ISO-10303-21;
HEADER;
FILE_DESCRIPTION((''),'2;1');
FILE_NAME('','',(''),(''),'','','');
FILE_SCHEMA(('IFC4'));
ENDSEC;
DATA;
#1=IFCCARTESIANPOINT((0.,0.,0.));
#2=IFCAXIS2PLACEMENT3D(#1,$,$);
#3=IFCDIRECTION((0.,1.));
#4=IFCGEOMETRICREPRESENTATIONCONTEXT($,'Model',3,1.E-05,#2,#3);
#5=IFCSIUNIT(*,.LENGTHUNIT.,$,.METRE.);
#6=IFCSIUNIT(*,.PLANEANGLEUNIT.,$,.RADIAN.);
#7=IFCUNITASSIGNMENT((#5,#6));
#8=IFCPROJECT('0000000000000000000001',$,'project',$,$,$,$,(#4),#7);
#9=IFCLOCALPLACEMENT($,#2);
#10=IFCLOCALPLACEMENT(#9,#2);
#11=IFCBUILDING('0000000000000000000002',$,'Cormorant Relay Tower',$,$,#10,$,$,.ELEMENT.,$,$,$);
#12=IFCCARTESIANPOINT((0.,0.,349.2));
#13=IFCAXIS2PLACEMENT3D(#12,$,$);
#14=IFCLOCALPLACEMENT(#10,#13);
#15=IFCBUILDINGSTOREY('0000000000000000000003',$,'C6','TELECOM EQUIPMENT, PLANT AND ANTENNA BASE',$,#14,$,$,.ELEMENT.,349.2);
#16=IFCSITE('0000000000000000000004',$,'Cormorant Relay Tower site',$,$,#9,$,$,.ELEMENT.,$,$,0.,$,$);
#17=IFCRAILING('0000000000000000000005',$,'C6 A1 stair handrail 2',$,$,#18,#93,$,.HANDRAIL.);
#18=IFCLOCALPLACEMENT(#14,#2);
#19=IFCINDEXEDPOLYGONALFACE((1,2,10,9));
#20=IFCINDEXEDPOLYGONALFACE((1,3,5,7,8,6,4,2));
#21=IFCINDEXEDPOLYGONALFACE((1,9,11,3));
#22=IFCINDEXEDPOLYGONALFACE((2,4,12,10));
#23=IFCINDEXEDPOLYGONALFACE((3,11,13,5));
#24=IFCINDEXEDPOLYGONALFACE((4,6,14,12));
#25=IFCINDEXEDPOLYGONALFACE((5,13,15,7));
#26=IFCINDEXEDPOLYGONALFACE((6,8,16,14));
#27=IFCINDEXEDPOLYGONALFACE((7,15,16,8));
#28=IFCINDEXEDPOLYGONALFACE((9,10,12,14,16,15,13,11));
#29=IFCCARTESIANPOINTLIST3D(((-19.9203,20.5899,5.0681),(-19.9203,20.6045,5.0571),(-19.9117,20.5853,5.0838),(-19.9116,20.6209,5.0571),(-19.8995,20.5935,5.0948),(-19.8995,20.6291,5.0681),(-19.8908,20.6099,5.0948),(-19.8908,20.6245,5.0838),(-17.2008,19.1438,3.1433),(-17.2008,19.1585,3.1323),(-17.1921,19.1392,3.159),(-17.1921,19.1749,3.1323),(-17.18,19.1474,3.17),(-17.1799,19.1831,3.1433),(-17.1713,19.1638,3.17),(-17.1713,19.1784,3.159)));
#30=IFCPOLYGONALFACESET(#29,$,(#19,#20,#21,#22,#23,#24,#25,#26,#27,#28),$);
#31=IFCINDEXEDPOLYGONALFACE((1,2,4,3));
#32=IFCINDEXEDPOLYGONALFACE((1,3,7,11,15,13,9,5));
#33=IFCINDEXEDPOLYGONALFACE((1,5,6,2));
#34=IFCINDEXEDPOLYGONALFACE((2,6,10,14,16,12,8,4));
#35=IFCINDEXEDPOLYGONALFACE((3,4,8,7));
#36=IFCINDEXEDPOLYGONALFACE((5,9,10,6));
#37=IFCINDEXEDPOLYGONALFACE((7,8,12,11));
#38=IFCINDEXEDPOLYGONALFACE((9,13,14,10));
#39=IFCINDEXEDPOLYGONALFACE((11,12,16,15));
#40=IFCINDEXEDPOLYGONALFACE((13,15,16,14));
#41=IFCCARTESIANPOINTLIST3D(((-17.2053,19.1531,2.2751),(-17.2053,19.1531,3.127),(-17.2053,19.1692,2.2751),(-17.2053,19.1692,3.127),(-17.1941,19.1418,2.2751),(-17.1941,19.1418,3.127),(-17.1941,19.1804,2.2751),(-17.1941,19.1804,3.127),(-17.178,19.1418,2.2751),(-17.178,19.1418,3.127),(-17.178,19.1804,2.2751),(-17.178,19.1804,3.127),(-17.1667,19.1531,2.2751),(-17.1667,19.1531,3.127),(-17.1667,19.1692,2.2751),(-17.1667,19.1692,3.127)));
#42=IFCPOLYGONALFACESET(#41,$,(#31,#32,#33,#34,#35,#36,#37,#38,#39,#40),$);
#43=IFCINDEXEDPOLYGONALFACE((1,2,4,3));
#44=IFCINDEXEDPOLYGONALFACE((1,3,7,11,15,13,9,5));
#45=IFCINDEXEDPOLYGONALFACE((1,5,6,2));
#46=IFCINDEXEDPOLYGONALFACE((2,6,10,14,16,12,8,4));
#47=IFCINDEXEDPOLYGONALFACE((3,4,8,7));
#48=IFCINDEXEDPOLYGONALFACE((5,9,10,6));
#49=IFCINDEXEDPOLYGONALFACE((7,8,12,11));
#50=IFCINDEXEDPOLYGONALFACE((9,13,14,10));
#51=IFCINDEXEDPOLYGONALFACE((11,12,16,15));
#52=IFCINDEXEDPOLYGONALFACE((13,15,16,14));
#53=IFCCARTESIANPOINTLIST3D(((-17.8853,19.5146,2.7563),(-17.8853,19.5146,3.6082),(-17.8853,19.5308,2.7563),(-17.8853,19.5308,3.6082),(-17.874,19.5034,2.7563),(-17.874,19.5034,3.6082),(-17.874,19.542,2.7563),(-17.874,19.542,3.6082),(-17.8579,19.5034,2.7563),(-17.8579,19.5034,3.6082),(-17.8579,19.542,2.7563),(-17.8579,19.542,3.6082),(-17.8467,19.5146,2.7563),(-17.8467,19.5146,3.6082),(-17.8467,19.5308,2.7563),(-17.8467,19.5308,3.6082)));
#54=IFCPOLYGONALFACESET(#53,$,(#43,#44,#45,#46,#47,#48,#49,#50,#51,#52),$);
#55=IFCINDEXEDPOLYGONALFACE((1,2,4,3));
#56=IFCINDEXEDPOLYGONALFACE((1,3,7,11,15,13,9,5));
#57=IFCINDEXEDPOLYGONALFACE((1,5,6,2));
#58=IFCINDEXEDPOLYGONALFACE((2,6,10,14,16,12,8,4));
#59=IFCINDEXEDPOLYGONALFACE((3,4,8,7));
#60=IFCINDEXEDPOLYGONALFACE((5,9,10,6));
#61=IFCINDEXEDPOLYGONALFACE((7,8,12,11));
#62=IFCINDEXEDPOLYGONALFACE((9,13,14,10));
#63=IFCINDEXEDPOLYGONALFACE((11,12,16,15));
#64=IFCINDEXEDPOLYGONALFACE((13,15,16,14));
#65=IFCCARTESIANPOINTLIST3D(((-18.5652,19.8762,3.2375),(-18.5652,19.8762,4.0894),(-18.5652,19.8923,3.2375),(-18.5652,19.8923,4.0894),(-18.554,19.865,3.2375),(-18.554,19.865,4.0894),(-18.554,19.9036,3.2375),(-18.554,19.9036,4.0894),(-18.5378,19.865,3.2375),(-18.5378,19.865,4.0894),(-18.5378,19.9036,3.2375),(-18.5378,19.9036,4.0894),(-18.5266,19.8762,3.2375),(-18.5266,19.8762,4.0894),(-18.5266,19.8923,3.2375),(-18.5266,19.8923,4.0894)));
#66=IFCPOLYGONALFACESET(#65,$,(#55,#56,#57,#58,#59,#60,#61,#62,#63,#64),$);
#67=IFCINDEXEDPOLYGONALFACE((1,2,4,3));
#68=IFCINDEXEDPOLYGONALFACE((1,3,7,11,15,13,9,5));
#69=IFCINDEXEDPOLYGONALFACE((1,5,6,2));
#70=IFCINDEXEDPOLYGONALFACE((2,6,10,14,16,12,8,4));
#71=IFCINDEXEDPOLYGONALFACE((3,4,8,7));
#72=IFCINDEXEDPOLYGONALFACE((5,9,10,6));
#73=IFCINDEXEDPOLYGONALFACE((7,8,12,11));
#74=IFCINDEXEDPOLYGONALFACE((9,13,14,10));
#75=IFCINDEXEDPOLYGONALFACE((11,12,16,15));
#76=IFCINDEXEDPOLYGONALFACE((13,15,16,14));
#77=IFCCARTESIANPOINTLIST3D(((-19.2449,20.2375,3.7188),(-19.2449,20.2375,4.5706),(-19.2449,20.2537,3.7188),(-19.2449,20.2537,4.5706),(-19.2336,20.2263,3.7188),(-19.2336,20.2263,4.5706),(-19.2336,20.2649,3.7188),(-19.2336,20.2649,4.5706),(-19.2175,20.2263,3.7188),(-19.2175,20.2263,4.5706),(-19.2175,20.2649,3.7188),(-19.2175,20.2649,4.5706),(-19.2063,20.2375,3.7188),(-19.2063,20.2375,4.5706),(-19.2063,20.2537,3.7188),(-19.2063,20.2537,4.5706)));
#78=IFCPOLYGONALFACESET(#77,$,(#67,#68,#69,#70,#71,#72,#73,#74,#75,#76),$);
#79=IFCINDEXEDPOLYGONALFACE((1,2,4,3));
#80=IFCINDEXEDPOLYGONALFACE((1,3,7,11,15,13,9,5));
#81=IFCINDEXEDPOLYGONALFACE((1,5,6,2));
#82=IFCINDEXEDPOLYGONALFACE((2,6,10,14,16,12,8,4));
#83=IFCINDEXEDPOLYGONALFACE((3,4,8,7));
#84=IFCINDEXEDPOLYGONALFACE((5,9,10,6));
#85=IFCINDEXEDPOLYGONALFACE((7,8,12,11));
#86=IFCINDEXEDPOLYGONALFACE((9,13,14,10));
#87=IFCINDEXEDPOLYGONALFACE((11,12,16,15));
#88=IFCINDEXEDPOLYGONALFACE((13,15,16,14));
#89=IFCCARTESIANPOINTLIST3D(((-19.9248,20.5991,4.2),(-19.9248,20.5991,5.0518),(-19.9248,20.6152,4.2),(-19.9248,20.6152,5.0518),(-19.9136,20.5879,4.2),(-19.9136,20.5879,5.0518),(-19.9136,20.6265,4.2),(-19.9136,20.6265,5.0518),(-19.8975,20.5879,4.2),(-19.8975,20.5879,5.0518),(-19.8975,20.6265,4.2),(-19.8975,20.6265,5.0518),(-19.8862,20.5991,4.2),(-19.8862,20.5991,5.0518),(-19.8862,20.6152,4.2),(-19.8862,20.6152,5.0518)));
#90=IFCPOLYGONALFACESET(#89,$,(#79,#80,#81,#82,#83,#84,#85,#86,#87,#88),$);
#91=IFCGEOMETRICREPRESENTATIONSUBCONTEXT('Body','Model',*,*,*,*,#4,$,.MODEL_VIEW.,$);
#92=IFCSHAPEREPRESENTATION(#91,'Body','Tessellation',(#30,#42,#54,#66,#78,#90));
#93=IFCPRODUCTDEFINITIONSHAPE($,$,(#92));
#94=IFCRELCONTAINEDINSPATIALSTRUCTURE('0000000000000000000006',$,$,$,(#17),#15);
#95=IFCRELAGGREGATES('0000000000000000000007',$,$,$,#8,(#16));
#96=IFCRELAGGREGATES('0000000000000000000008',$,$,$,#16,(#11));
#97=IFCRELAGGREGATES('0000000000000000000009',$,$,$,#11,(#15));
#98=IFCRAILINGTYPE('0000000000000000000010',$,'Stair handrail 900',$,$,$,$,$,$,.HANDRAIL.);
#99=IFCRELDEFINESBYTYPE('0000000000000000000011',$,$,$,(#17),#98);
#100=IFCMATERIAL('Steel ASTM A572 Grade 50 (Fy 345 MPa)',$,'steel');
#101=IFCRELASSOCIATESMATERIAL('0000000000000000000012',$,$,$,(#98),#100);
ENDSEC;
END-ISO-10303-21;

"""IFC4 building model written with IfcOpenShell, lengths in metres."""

from ifc_helpers import new_model, si_unit, direction, frame, origin, place, context, subcontext, project, spatial, polyline, outline, extrude, material, type_object, element, save


model = new_model("IFC4")

# Units and contexts
model_context = context("Model", 3, precision=1e-05, world=origin(), true_north=direction((0.0, 1.0)))
body_context = subcontext(model_context, "Body", "Model", "MODEL_VIEW")
ifc_project = project(units=[si_unit("LENGTHUNIT", "METRE"), si_unit("PLANEANGLEUNIT", "RADIAN")], contexts=[model_context])

# Site, building, storey
site_placement = place(None, origin())
site = spatial("IfcSite", under=ifc_project, at=site_placement, Name="Cormorant Relay Tower site", CompositionType="ELEMENT", RefElevation=0.0)
building_placement = place(site_placement, origin())
building = spatial("IfcBuilding", under=site, at=building_placement, Name="Cormorant Relay Tower", CompositionType="ELEMENT")
storey_placement = place(building_placement, frame((0.0, 0.0, 349.2)))
storey = spatial("IfcBuildingStorey", under=building, at=storey_placement, Name="C6", Description="TELECOM EQUIPMENT, PLANT AND ANTENNA BASE", CompositionType="ELEMENT", Elevation=349.2)

# Railing
ifc_material_1 = material(Name="Steel ASTM A572 Grade 50 (Fy 345 MPa)", Category="steel")
railing_type_1 = type_object("IfcRailingType", Name="Stair handrail 900", PredefinedType="HANDRAIL", material=ifc_material_1)
railing_1_placement = place(storey_placement, frame((-17.186, 19.1611, 2.2751)))
element("IfcRailing", 1, at=railing_1_placement, inside=storey, type_object=railing_type_1, Name="C6 A1 stair handrail 2", PredefinedType="HANDRAIL", context=body_context, shape_type="SweptSolid", body=[
    extrude(outline(polyline([(0.0222, 0.0093), (0.0093, 0.0222), (-0.0093, 0.0222), (-0.0222, 0.0093), (-0.0222, -0.0093), (-0.0093, -0.0222), (0.0093, -0.0222), (0.0222, -0.0093), (0.0222, 0.0093)])), frame((0.0, 0.0, 0.876), z_axis=(-0.748754, 0.398139, 0.529956), x_axis=(-0.469489, -0.882938, 0.0)), (0.0, 0.0, 1.0), 3.6321),
    extrude(outline(polyline([(0.0193, 0.0081), (0.0081, 0.0193), (-0.0081, 0.0193), (-0.0193, 0.0081), (-0.0193, -0.0081), (-0.0081, -0.0193), (0.0081, -0.0193), (0.0193, -0.0081), (0.0193, 0.0081)])), origin(), (0.0, 0.0, 1.0), 0.8518),
    extrude(outline(polyline([(0.0193, 0.0081), (0.0081, 0.0193), (-0.0081, 0.0193), (-0.0193, 0.0081), (-0.0193, -0.0081), (-0.0081, -0.0193), (0.0081, -0.0193), (0.0193, -0.0081), (0.0193, 0.0081)])), frame((-0.6799, 0.3616, 0.4812)), (0.0, 0.0, 1.0), 0.8518),
    extrude(outline(polyline([(0.0193, 0.0081), (0.0081, 0.0193), (-0.0081, 0.0193), (-0.0193, 0.0081), (-0.0193, -0.0081), (-0.0081, -0.0193), (0.0081, -0.0193), (0.0193, -0.0081), (0.0193, 0.0081)])), frame((-1.3599, 0.7231, 0.9624)), (0.0, 0.0, 1.0), 0.8518),
    extrude(outline(polyline([(0.0193, 0.0081), (0.0081, 0.0193), (-0.0081, 0.0193), (-0.0193, 0.0081), (-0.0193, -0.0081), (-0.0081, -0.0193), (0.0081, -0.0193), (0.0193, -0.0081), (0.0193, 0.0081)])), frame((-2.0396, 1.0845, 1.4436)), (0.0, 0.0, 1.0), 0.8518),
    extrude(outline(polyline([(0.0193, 0.0081), (0.0081, 0.0193), (-0.0081, 0.0193), (-0.0193, 0.0081), (-0.0193, -0.0081), (-0.0081, -0.0193), (0.0081, -0.0193), (0.0193, -0.0081), (0.0193, 0.0081)])), frame((-2.7195, 1.446, 1.9248)), (0.0, 0.0, 1.0), 0.8518),
])

save(model, "model.ifc")
